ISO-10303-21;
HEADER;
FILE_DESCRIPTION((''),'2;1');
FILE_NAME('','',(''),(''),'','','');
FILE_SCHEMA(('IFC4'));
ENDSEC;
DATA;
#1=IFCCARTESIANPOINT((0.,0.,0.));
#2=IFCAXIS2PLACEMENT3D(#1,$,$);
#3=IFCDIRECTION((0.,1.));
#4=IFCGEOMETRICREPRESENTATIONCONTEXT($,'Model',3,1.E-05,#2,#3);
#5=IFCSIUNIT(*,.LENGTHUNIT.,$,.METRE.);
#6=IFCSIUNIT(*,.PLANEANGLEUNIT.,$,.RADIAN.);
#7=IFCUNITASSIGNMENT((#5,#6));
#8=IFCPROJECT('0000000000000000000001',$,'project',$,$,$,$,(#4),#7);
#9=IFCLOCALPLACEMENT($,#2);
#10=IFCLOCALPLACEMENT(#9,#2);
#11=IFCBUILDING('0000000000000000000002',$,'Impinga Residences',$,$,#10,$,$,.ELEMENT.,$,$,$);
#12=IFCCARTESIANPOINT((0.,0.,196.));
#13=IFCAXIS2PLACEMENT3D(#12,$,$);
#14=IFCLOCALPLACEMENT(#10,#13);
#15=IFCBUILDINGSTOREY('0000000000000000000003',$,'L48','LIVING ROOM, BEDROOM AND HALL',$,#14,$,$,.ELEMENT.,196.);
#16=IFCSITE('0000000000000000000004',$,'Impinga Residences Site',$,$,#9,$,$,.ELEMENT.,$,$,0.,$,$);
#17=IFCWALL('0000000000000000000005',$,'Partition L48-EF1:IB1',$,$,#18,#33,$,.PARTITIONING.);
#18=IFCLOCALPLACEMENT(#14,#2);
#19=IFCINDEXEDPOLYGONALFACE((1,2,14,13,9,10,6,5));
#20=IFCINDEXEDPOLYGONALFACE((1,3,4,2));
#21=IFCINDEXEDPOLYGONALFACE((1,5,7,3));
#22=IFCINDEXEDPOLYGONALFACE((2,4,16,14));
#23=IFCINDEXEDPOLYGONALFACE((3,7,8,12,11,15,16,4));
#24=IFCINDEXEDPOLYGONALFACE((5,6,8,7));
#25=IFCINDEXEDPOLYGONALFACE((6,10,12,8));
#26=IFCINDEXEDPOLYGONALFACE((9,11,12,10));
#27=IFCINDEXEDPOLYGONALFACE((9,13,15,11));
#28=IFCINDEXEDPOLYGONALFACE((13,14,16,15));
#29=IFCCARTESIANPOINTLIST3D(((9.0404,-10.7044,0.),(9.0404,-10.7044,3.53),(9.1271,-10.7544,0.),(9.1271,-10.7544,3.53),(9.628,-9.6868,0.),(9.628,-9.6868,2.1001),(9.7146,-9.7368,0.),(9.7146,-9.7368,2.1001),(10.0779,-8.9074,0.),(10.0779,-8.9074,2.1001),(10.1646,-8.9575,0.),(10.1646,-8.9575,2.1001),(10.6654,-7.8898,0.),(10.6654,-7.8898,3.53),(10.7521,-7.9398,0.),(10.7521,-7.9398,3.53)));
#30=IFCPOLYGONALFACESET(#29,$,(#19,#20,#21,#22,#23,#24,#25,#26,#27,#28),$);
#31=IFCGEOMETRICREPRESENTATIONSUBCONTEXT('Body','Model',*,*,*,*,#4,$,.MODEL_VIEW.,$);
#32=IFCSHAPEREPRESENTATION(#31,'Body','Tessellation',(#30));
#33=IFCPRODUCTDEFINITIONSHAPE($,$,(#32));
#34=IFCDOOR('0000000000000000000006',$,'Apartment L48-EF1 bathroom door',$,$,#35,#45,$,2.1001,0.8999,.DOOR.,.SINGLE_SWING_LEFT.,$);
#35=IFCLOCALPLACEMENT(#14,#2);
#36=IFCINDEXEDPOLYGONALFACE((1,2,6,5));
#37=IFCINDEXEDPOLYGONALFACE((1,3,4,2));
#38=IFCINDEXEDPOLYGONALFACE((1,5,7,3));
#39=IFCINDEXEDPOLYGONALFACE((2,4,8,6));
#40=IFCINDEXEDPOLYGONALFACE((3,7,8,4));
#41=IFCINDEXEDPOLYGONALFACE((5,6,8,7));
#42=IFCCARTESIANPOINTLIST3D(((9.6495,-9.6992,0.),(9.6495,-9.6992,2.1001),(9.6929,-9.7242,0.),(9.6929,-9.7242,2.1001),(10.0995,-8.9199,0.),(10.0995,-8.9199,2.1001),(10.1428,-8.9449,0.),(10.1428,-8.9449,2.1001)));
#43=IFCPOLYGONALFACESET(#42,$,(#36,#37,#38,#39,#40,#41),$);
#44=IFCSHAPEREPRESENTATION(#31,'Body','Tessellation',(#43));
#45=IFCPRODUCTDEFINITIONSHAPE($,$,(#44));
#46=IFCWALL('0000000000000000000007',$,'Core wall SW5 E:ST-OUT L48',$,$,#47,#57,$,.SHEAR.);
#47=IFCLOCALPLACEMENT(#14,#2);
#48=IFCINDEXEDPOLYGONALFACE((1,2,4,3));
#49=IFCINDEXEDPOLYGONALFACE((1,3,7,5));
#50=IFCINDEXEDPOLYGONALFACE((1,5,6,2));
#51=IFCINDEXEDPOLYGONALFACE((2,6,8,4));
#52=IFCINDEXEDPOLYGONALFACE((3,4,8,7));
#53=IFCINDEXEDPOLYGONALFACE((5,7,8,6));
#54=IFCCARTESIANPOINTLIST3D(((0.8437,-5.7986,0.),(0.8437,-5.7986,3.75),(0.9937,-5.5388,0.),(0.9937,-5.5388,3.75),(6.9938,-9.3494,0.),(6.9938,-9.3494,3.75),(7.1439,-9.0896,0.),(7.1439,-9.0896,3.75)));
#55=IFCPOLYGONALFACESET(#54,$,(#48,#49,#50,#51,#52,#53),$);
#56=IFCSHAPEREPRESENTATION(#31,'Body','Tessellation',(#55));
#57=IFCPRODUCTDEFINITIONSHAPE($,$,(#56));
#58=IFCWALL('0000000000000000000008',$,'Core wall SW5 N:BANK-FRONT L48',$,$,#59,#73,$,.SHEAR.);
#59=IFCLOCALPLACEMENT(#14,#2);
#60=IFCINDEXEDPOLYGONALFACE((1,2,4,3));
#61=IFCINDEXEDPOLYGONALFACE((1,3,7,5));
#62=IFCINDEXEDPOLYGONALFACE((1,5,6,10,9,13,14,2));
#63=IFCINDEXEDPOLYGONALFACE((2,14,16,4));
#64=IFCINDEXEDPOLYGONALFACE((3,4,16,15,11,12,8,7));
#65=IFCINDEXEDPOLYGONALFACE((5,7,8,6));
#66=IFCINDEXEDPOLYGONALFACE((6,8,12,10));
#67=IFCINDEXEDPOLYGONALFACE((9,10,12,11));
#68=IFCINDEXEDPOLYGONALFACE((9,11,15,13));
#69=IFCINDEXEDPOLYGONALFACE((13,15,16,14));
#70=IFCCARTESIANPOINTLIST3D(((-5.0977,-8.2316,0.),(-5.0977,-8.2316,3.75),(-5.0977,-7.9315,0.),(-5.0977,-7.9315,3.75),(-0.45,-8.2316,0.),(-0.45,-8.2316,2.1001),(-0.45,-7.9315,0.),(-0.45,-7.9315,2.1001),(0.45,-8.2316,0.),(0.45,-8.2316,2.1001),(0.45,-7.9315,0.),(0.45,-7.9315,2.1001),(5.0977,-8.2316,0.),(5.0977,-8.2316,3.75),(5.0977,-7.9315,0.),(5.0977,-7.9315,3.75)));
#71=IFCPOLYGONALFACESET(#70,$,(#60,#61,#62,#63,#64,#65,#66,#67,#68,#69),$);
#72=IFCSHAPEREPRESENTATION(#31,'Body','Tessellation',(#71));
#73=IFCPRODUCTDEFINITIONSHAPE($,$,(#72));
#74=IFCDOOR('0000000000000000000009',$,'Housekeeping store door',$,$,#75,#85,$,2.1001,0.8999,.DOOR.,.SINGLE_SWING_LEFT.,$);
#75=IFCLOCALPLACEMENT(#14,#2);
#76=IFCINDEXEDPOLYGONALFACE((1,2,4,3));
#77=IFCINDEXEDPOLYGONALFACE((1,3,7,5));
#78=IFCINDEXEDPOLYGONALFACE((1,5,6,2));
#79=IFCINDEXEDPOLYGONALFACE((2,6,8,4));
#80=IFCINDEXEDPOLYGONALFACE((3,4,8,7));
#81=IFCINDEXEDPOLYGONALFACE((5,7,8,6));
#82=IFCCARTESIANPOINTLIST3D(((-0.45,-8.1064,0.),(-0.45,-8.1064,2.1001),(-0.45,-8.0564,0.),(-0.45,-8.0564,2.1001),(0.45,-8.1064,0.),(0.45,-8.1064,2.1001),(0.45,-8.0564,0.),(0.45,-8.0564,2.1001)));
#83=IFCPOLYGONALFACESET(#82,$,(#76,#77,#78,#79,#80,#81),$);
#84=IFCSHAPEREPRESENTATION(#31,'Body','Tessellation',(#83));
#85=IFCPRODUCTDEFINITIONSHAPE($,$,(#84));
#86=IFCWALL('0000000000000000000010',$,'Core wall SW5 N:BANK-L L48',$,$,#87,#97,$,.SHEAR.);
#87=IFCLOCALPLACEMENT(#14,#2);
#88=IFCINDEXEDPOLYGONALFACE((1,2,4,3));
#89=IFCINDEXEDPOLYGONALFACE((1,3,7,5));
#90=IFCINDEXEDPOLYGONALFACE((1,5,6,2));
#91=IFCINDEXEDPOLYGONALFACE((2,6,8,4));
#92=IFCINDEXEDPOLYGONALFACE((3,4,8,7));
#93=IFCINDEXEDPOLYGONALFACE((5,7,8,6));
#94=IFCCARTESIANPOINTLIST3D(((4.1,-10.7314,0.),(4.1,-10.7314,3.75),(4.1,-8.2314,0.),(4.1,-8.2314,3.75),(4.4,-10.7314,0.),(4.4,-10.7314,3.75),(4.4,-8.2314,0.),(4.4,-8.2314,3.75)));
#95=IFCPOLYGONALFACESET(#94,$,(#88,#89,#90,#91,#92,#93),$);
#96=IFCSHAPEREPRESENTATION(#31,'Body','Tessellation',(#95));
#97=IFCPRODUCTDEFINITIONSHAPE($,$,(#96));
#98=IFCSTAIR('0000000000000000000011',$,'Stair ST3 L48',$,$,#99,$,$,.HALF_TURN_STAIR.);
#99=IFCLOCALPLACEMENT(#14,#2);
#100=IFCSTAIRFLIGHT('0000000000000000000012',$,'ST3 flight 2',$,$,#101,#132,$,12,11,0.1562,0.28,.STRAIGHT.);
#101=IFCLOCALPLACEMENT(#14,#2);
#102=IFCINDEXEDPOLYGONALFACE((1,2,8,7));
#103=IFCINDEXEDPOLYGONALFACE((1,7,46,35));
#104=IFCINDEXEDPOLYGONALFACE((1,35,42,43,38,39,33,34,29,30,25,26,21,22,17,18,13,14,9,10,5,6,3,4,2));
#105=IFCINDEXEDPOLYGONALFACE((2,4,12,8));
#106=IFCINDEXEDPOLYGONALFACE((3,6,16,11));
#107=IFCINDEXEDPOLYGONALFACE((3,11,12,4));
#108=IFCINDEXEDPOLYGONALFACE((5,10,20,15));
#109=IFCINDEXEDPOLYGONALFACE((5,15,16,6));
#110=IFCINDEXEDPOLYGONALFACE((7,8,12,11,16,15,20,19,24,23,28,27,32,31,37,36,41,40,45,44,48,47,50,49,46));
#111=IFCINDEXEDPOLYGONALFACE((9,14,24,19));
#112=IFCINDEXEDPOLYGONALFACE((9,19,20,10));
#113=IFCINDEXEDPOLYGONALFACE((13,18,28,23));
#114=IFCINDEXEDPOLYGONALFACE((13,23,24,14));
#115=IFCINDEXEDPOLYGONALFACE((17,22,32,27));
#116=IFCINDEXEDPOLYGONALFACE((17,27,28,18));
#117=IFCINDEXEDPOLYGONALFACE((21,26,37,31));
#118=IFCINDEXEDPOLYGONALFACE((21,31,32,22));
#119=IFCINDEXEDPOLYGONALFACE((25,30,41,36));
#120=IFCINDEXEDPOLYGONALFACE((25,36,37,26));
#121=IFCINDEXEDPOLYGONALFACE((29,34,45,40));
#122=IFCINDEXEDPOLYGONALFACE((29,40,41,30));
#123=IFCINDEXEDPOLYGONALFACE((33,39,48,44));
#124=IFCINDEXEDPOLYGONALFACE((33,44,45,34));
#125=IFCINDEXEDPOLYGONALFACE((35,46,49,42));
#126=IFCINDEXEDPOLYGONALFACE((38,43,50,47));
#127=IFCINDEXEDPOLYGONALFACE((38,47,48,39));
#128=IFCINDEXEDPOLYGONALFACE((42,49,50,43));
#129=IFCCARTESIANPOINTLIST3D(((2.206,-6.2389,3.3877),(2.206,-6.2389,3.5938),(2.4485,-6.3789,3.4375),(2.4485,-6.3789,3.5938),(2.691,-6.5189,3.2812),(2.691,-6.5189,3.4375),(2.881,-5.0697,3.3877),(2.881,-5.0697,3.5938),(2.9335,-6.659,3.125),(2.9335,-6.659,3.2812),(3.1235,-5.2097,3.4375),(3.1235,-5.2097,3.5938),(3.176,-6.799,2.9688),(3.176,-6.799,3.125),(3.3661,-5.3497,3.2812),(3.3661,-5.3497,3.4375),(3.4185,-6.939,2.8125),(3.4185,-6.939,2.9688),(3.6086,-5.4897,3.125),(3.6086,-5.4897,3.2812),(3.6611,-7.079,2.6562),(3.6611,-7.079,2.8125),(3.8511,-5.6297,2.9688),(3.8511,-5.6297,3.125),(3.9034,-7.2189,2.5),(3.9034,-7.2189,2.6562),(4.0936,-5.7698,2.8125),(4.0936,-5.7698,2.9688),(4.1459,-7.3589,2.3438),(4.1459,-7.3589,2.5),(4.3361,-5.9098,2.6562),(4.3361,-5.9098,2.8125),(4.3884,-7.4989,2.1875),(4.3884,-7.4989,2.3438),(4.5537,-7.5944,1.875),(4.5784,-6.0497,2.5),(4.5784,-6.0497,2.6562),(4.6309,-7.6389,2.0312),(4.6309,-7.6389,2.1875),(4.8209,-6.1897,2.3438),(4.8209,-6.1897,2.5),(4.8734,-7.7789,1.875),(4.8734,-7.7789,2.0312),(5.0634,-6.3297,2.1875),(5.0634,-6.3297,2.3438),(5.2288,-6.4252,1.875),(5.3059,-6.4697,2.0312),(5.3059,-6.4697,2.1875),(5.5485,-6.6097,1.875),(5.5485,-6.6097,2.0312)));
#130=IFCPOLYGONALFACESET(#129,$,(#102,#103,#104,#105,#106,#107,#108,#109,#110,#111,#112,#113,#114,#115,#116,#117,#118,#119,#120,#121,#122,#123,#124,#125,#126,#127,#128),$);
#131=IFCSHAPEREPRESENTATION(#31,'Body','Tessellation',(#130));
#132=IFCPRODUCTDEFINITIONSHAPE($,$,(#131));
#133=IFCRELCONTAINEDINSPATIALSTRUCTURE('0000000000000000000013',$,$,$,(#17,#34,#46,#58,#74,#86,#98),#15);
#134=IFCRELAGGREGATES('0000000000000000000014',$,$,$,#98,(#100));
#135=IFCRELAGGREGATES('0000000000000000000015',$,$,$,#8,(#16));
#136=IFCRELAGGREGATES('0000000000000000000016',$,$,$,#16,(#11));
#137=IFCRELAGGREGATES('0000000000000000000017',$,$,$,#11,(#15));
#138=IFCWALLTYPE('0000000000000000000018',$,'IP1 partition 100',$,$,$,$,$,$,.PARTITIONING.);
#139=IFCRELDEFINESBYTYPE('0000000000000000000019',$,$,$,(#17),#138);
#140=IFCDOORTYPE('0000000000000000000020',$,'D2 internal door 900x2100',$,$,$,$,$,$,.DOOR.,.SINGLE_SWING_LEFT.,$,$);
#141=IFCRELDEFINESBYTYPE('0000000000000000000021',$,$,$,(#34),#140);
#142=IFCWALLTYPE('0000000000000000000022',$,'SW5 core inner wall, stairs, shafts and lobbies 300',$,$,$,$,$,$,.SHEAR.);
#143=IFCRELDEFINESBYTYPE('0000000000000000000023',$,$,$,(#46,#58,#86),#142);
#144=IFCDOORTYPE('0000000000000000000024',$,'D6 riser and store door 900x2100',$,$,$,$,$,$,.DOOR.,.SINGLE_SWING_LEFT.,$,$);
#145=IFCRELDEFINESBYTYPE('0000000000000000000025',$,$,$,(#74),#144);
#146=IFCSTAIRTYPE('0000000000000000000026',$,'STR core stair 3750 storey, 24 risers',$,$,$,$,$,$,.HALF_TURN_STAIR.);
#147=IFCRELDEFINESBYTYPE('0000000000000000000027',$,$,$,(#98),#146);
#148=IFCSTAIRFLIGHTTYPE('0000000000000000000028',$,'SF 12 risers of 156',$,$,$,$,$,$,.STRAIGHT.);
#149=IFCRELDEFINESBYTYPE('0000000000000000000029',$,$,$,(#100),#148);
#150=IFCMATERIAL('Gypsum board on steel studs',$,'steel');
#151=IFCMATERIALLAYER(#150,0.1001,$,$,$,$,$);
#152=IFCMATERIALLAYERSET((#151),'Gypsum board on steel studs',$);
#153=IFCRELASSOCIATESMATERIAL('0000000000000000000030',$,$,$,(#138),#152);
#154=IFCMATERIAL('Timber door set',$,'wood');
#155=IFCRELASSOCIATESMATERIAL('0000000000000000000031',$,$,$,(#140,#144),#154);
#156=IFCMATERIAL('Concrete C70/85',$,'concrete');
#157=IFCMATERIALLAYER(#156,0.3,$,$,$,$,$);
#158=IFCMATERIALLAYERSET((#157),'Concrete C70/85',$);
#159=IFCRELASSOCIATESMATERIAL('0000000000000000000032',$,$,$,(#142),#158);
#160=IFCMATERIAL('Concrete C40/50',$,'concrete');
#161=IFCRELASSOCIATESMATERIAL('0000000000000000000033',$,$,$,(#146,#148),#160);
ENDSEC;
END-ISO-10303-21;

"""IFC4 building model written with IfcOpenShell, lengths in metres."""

from ifc_helpers import new_model, si_unit, direction, frame, frame_2d, origin, place, context, subcontext, project, spatial, polyline, rectangle, outline, extrude, material, layer, layer_set, type_object, element, fill, aggregate, save


model = new_model("IFC4")

# Units and contexts
model_context = context("Model", 3, precision=1e-05, world=origin(), true_north=direction((0.0, 1.0)))
body_context = subcontext(model_context, "Body", "Model", "MODEL_VIEW")
ifc_project = project(units=[si_unit("LENGTHUNIT", "METRE"), si_unit("PLANEANGLEUNIT", "RADIAN")], contexts=[model_context])

# Site, building, storey
site_placement = place(None, origin())
site = spatial("IfcSite", under=ifc_project, at=site_placement, Name="Impinga Residences Site", CompositionType="ELEMENT", RefElevation=0.0)
building_placement = place(site_placement, origin())
building = spatial("IfcBuilding", under=site, at=building_placement, Name="Impinga Residences", CompositionType="ELEMENT")
storey_placement = place(building_placement, frame((0.0, 0.0, 196.0)))
storey = spatial("IfcBuildingStorey", under=building, at=storey_placement, Name="L48", Description="LIVING ROOM, BEDROOM AND HALL", CompositionType="ELEMENT", Elevation=196.0)

# Shared definitions
ifc_material_1 = material(Name="Timber door set", Category="wood")

# Wall, opening, door
ifc_material_2 = material(Name="Gypsum board on steel studs", Category="steel")
ifc_layer_1 = layer(ifc_material_2, 0.1001)
ifc_layer_set_1 = layer_set([ifc_layer_1], Name="Gypsum board on steel studs")
wall_type_1 = type_object("IfcWallType", Name="IP1 partition 100", PredefinedType="PARTITIONING", material=ifc_layer_set_1)
door_type_1 = type_object("IfcDoorType", Name="D2 internal door 900x2100", OperationType="SINGLE_SWING_LEFT", PredefinedType="DOOR", material=ifc_material_1)
wall_1_placement = place(storey_placement, frame((10.7087, -7.9148, 0.0), z_axis=(0.0, 0.0, 1.0), x_axis=(-0.499985, -0.866034, 0.0)))
wall_1 = element("IfcWall", 1, at=wall_1_placement, inside=storey, type_object=wall_type_1, Name="Partition L48-EF1:IB1", PredefinedType="PARTITIONING", context=body_context, shape_type="SweptSolid", body=[
    extrude(rectangle(XDim=3.25, YDim=0.1001, at=frame_2d((1.625, 0.0))), origin(), (0.0, 0.0, 1.0), 3.53),
])
opening_1_placement = place(wall_1_placement, frame((1.175, 0.0, 0.0)))
opening_1 = element("IfcOpeningElement", 2, at=opening_1_placement, cuts=wall_1, PredefinedType="OPENING", context=body_context, shape_type="SweptSolid", body=[
    extrude(rectangle(XDim=0.8999, YDim=2.1001, at=frame_2d((0.45, 1.05))), frame((0.0, 0.0601, 0.0), z_axis=(0.0, -1.0, 0.0), x_axis=(1.0, 0.0, 0.0)), (0.0, 0.0, 1.0), 0.1201),
])
door_1_placement = place(opening_1_placement, origin())
door_1 = element("IfcDoor", 3, at=door_1_placement, inside=storey, type_object=door_type_1, Name="Apartment L48-EF1 bathroom door", OperationType="SINGLE_SWING_LEFT", OverallHeight=2.1001, OverallWidth=0.8999, PredefinedType="DOOR", context=body_context, shape_type="SweptSolid", body=[
    extrude(rectangle(XDim=0.8999, YDim=2.1001, at=frame_2d((0.45, 1.05))), frame((0.0, 0.0249, 0.0), z_axis=(0.0, -1.0, 0.0), x_axis=(1.0, 0.0, 0.0)), (0.0, 0.0, 1.0), 0.05),
])
fill(opening_1, door_1)

# Wall
ifc_material_3 = material(Name="Concrete C70/85", Category="concrete")
ifc_layer_2 = layer(ifc_material_3, 0.3)
ifc_layer_set_2 = layer_set([ifc_layer_2], Name="Concrete C70/85")
wall_type_2 = type_object("IfcWallType", Name="SW5 core inner wall, stairs, shafts and lobbies 300", PredefinedType="SHEAR", material=ifc_layer_set_2)
wall_2_placement = place(storey_placement, frame((0.9187, -5.6687, 0.0), z_axis=(0.0, 0.0, 1.0), x_axis=(0.866026, -0.499999, 0.0)))
element("IfcWall", 4, at=wall_2_placement, inside=storey, type_object=wall_type_2, Name="Core wall SW5 E:ST-OUT L48", PredefinedType="SHEAR", context=body_context, shape_type="SweptSolid", body=[
    extrude(rectangle(XDim=7.1016, YDim=0.3, at=frame_2d((3.5508, 0.0))), origin(), (0.0, 0.0, 1.0), 3.75),
])

# Wall, opening, door
wall_3_placement = place(storey_placement, frame((5.0977, -8.0815, 0.0), z_axis=(0.0, 0.0, 1.0), x_axis=(-1.0, 0.0, 0.0)))
wall_3 = element("IfcWall", 5, at=wall_3_placement, inside=storey, type_object=wall_type_2, Name="Core wall SW5 N:BANK-FRONT L48", PredefinedType="SHEAR", context=body_context, shape_type="SweptSolid", body=[
    extrude(rectangle(XDim=10.1953, YDim=0.3, at=frame_2d((5.0977, 0.0))), origin(), (0.0, 0.0, 1.0), 3.75),
])
opening_2_placement = place(wall_3_placement, frame((4.6477, 0.0, 0.0)))
opening_2 = element("IfcOpeningElement", 6, at=opening_2_placement, cuts=wall_3, PredefinedType="OPENING", context=body_context, shape_type="SweptSolid", body=[
    extrude(rectangle(XDim=0.8999, YDim=2.1001, at=frame_2d((0.45, 1.05))), frame((0.0, 0.1599, 0.0), z_axis=(0.0, -1.0, 0.0), x_axis=(1.0, 0.0, 0.0)), (0.0, 0.0, 1.0), 0.3201),
])
door_type_2 = type_object("IfcDoorType", Name="D6 riser and store door 900x2100", OperationType="SINGLE_SWING_LEFT", PredefinedType="DOOR", material=ifc_material_1)
door_2_placement = place(opening_2_placement, origin())
door_2 = element("IfcDoor", 7, at=door_2_placement, inside=storey, type_object=door_type_2, Name="Housekeeping store door", OperationType="SINGLE_SWING_LEFT", OverallHeight=2.1001, OverallWidth=0.8999, PredefinedType="DOOR", context=body_context, shape_type="SweptSolid", body=[
    extrude(rectangle(XDim=0.8999, YDim=2.1001, at=frame_2d((0.45, 1.05))), frame((0.0, 0.0249, 0.0), z_axis=(0.0, -1.0, 0.0), x_axis=(1.0, 0.0, 0.0)), (0.0, 0.0, 1.0), 0.05),
])
fill(opening_2, door_2)

# Wall
wall_4_placement = place(storey_placement, frame((4.25, -8.2314, 0.0), z_axis=(0.0, 0.0, 1.0), x_axis=(0.0, -1.0, 0.0)))
element("IfcWall", 8, at=wall_4_placement, inside=storey, type_object=wall_type_2, Name="Core wall SW5 N:BANK-L L48", PredefinedType="SHEAR", context=body_context, shape_type="SweptSolid", body=[
    extrude(rectangle(XDim=2.5, YDim=0.3, at=frame_2d((1.25, 0.0))), origin(), (0.0, 0.0, 1.0), 3.75),
])

# Stair, stair flight
ifc_material_4 = material(Name="Concrete C40/50", Category="concrete")
stair_type = type_object("IfcStairType", Name="STR core stair 3750 storey, 24 risers", PredefinedType="HALF_TURN_STAIR", material=ifc_material_4)
stair_placement = place(storey_placement, origin())
stair = element("IfcStair", 9, at=stair_placement, inside=storey, type_object=stair_type, Name="Stair ST3 L48", PredefinedType="HALF_TURN_STAIR")
stair_flight_type = type_object("IfcStairFlightType", Name="SF 12 risers of 156", PredefinedType="STRAIGHT", material=ifc_material_4)
stair_flight_placement = place(storey_placement, frame((5.2109, -7.1943, 1.875), z_axis=(0.0, 0.0, 1.0), x_axis=(-0.866025, 0.5, 0.0)))
stair_flight = element("IfcStairFlight", 10, at=stair_flight_placement, type_object=stair_flight_type, Name="ST3 flight 2", NumberOfRisers=12, NumberOfTreads=11, PredefinedType="STRAIGHT", RiserHeight=0.1562, TreadLength=0.28, context=body_context, shape_type="SweptSolid", body=[
    extrude(outline(polyline([(0.0, 0.0), (0.0, 0.1562), (0.28, 0.1562), (0.28, 0.3125), (0.5601, 0.3125), (0.5601, 0.4688), (0.8401, 0.4688), (0.8401, 0.625), (1.1201, 0.625), (1.1201, 0.7812), (1.3999, 0.7812), (1.3999, 0.9375), (1.6799, 0.9375), (1.6799, 1.0938), (1.96, 1.0938), (1.96, 1.25), (2.24, 1.25), (2.24, 1.4062), (2.52, 1.4062), (2.52, 1.5625), (2.8, 1.5625), (2.8, 1.7188), (3.0801, 1.7188), (3.0801, 1.875), (3.0801, 1.5127), (0.3691, 0.0), (0.0, 0.0)])), frame((0.0, 0.675, 0.0), z_axis=(0.0, -1.0, 0.0), x_axis=(1.0, 0.0, 0.0)), (0.0, 0.0, 1.0), 1.3501),
])
aggregate(stair, [stair_flight])

save(model, "model.ifc")
